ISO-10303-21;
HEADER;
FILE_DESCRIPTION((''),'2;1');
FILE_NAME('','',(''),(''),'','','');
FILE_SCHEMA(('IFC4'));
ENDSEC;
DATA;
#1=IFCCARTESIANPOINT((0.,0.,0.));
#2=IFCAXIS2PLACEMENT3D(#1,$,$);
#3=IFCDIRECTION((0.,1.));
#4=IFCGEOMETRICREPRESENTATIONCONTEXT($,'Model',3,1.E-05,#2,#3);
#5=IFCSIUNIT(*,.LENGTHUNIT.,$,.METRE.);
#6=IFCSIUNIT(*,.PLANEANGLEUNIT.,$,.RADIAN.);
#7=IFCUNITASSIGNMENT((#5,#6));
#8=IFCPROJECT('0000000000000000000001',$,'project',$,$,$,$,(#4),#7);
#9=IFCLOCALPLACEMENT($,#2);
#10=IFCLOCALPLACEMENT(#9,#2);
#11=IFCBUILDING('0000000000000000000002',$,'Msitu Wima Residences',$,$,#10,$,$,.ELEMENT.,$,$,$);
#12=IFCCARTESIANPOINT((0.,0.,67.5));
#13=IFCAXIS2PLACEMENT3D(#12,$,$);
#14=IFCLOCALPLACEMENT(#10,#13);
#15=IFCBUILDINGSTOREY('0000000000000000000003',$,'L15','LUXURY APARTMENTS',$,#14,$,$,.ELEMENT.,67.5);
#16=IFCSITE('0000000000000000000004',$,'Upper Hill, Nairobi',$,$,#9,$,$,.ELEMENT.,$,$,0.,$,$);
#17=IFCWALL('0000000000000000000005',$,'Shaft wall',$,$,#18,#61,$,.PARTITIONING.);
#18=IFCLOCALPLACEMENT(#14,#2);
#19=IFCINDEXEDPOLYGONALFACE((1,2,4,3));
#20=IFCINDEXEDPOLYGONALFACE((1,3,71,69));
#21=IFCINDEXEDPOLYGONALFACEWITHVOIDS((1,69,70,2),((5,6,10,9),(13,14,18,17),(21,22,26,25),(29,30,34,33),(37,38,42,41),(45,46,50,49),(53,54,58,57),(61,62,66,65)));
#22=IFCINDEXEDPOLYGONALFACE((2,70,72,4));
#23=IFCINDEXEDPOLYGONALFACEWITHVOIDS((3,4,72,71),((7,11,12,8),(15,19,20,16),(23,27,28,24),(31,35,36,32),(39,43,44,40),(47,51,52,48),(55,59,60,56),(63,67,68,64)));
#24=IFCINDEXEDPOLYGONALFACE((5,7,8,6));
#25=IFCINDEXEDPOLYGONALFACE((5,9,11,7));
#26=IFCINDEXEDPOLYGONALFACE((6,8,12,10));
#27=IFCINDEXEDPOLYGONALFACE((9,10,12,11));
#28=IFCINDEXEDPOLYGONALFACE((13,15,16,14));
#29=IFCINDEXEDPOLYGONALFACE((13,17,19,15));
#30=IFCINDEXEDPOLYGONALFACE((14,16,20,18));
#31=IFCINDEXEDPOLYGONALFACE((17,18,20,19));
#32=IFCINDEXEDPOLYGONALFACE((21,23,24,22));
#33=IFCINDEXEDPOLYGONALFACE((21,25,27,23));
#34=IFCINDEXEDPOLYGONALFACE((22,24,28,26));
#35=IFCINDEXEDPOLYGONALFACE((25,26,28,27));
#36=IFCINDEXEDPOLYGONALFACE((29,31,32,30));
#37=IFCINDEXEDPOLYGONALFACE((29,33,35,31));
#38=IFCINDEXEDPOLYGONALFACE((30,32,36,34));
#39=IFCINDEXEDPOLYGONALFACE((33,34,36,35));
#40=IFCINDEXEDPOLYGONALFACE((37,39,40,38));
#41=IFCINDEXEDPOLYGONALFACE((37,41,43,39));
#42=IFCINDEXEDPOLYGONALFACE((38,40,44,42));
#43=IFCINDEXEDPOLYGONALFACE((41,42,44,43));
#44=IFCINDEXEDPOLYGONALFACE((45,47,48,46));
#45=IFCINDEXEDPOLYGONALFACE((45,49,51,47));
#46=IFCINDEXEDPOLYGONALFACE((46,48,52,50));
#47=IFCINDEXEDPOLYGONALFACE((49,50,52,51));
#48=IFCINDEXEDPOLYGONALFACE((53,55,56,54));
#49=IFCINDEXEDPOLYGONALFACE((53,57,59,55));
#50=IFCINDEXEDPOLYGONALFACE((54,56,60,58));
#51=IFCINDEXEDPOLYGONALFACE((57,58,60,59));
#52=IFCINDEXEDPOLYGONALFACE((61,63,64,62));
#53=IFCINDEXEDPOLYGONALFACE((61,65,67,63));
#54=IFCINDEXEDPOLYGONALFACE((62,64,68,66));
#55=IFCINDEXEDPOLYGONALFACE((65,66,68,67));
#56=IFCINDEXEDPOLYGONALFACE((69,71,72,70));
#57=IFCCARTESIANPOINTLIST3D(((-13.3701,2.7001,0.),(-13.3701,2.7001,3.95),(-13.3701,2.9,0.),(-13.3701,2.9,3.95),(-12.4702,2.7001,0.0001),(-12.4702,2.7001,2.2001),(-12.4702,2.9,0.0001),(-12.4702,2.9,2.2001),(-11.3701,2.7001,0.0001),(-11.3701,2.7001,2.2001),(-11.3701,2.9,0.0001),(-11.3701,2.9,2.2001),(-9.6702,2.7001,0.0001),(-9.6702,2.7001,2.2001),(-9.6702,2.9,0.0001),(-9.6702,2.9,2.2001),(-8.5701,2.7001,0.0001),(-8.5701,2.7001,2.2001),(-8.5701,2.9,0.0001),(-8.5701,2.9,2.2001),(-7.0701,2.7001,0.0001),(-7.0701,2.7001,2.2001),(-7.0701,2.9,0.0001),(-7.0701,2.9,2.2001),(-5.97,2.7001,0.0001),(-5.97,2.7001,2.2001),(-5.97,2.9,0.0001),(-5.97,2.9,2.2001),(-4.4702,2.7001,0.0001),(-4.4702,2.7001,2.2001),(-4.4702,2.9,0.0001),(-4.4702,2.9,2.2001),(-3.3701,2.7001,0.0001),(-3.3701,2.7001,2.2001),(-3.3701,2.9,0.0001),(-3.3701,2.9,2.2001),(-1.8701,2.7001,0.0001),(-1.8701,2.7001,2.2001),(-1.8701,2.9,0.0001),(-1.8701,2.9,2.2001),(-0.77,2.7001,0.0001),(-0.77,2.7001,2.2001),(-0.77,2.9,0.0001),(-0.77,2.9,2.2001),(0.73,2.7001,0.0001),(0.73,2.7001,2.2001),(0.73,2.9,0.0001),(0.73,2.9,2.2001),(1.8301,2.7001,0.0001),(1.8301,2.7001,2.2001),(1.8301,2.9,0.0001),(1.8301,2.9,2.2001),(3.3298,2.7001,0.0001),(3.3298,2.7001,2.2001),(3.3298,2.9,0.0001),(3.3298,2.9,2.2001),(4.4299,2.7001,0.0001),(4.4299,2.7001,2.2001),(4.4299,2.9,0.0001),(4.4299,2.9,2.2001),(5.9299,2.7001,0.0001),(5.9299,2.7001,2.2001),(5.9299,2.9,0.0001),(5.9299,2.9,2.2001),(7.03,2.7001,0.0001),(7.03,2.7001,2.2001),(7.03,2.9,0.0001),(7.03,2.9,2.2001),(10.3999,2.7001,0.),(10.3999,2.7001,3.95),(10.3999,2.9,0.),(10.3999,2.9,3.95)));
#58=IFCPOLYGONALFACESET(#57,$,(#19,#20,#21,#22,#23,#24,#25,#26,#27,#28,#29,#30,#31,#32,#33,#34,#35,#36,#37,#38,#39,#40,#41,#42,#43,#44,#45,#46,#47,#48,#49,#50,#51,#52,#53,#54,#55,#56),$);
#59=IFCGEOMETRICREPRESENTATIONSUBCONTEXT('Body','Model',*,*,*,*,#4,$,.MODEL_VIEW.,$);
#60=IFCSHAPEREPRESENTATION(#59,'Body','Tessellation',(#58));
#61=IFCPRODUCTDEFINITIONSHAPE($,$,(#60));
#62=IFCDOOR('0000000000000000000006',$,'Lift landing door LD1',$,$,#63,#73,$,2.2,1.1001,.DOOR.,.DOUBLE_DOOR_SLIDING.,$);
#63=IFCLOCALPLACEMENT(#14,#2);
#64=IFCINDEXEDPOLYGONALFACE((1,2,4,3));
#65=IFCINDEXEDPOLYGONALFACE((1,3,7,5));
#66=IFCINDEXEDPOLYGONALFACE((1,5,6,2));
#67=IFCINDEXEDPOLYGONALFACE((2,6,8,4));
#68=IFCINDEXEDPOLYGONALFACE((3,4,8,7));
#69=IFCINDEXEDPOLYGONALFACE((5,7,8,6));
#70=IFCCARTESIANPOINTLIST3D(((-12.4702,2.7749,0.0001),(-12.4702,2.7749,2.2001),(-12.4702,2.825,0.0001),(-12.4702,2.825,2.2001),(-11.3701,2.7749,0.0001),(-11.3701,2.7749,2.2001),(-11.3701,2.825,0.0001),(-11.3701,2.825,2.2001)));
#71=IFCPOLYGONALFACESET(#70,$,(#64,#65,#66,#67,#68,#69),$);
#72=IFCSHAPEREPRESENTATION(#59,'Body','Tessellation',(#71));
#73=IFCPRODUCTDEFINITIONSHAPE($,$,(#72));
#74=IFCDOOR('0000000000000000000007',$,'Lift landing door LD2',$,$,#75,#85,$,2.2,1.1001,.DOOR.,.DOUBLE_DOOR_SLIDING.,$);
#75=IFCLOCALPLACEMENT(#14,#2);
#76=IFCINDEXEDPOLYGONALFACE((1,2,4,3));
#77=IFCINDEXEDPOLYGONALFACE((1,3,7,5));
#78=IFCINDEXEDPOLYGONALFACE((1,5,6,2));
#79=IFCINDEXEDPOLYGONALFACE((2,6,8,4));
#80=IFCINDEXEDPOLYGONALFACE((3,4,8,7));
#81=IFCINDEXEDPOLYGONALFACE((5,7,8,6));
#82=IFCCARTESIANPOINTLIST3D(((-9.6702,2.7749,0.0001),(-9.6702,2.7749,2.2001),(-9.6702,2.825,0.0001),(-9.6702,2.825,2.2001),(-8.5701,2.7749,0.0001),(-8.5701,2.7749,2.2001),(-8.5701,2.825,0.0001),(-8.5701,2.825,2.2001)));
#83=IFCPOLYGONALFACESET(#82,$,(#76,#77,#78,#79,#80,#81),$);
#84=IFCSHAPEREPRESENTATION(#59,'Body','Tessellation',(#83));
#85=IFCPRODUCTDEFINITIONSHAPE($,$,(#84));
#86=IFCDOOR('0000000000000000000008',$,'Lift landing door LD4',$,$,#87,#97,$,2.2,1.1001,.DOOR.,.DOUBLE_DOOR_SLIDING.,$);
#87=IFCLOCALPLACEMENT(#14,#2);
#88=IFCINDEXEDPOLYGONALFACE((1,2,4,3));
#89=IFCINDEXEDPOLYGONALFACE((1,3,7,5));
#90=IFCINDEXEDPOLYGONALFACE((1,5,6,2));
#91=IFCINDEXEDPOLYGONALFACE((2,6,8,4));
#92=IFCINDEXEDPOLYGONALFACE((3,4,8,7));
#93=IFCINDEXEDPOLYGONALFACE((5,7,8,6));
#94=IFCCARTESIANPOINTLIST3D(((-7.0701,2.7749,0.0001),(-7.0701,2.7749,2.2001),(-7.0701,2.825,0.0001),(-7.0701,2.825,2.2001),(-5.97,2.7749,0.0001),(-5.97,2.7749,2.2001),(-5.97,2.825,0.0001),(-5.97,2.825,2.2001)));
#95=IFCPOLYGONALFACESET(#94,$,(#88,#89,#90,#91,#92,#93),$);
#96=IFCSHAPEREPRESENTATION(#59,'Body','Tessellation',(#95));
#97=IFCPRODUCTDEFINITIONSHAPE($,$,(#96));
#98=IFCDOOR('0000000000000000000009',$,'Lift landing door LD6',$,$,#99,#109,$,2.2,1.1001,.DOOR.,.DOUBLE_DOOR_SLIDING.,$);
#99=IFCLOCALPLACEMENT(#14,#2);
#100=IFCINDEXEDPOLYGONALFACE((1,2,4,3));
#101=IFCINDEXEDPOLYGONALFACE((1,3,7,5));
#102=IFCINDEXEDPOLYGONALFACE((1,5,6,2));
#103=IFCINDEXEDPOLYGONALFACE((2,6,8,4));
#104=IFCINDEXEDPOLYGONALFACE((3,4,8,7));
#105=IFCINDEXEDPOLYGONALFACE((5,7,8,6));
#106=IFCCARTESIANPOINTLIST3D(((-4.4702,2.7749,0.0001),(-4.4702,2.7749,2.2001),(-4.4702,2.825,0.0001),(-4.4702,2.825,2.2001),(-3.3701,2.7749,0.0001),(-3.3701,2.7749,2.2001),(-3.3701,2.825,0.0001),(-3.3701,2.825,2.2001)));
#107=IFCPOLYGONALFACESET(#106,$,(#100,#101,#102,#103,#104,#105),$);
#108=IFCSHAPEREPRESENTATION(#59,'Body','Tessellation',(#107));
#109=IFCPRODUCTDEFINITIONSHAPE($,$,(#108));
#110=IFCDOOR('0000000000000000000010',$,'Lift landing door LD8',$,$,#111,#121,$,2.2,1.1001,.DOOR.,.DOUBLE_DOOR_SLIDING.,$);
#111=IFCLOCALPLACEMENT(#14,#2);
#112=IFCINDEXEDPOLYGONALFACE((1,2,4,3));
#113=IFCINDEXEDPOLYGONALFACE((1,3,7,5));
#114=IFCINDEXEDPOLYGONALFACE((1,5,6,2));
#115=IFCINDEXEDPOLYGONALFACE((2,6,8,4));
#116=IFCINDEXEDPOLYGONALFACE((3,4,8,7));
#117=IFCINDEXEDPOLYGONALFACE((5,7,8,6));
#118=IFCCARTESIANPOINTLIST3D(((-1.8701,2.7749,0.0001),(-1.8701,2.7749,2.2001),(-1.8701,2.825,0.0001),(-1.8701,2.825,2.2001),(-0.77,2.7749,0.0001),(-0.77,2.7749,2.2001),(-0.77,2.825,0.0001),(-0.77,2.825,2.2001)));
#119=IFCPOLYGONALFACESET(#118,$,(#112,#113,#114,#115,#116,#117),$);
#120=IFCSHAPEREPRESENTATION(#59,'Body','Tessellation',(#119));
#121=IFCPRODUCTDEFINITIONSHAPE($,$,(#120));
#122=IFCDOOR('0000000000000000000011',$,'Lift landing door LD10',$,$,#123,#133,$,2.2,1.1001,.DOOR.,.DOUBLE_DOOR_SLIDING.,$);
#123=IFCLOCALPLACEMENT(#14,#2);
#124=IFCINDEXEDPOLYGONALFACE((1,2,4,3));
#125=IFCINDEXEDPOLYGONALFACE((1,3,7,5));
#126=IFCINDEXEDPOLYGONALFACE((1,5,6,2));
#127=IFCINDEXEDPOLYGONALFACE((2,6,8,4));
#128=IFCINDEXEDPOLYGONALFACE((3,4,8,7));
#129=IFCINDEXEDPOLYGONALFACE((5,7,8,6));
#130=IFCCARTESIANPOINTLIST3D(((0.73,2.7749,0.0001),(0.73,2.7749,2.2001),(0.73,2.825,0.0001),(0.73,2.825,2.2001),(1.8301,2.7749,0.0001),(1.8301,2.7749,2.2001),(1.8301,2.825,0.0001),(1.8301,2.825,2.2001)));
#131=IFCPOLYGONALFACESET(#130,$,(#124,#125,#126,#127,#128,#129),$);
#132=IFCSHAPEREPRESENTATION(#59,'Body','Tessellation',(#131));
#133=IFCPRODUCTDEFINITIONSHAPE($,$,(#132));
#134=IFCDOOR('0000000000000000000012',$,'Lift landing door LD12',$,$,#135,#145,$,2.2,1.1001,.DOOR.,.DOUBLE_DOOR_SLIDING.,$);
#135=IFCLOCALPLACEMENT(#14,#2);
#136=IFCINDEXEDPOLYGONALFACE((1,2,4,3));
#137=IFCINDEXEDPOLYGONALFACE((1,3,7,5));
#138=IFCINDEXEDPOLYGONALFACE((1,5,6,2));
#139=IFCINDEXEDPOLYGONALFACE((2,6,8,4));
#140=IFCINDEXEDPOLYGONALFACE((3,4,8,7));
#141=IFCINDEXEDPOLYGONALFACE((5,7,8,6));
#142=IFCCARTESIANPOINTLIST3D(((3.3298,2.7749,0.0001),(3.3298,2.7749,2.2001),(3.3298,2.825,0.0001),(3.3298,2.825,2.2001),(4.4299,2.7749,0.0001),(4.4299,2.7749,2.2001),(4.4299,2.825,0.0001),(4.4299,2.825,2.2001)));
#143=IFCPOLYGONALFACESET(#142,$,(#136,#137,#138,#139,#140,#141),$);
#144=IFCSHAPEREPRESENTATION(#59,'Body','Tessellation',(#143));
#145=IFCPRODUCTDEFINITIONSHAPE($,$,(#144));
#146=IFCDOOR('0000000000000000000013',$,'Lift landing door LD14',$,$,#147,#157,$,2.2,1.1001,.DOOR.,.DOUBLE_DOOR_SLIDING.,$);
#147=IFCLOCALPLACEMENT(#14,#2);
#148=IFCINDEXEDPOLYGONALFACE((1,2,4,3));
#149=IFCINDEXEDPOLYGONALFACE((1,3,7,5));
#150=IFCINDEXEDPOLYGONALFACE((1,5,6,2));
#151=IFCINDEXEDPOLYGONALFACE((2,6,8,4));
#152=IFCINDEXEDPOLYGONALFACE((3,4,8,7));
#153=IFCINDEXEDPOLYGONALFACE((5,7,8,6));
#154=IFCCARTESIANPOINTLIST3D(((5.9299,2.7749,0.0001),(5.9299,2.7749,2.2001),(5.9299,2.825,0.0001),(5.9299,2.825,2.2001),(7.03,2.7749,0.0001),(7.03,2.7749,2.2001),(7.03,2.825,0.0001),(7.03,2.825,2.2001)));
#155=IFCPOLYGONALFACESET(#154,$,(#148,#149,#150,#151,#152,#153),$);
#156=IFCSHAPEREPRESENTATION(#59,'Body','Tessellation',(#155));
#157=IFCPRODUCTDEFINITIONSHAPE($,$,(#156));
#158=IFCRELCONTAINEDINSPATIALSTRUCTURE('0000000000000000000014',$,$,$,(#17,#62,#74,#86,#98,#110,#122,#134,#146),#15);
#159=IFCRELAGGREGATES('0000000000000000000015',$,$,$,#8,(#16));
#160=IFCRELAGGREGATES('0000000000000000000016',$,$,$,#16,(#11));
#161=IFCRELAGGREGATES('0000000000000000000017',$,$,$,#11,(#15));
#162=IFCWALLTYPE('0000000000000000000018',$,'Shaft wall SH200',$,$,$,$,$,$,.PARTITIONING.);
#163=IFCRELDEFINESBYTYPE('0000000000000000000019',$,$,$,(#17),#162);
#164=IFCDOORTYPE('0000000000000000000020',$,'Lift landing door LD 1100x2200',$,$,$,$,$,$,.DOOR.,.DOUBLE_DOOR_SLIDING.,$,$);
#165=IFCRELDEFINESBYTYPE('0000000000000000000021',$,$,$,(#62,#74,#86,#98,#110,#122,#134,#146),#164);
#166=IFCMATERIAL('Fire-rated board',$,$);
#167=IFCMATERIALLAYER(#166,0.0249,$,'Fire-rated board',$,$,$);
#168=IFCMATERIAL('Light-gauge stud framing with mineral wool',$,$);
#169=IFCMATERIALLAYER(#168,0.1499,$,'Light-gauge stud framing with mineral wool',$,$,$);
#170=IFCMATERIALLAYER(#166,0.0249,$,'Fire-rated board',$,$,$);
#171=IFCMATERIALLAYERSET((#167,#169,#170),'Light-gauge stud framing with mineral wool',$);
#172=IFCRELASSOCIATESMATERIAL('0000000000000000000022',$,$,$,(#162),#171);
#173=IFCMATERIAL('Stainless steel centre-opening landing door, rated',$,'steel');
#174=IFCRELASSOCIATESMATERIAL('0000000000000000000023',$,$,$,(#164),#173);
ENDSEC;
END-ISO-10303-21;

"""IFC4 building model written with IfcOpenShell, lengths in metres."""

from ifc_helpers import new_model, si_unit, direction, frame, frame_2d, origin, place, context, subcontext, project, spatial, rectangle, extrude, material, layer, layer_set, type_object, element, fill, save


model = new_model("IFC4")

# Units and contexts
model_context = context("Model", 3, precision=1e-05, world=origin(), true_north=direction((0.0, 1.0)))
body_context = subcontext(model_context, "Body", "Model", "MODEL_VIEW")
ifc_project = project(units=[si_unit("LENGTHUNIT", "METRE"), si_unit("PLANEANGLEUNIT", "RADIAN")], contexts=[model_context])

# Site, building, storey
site_placement = place(None, origin())
site = spatial("IfcSite", under=ifc_project, at=site_placement, Name="Upper Hill, Nairobi", CompositionType="ELEMENT", RefElevation=0.0)
building_placement = place(site_placement, origin())
building = spatial("IfcBuilding", under=site, at=building_placement, Name="Msitu Wima Residences", CompositionType="ELEMENT")
storey_placement = place(building_placement, frame((0.0, 0.0, 67.5)))
storey = spatial("IfcBuildingStorey", under=building, at=storey_placement, Name="L15", Description="LUXURY APARTMENTS", CompositionType="ELEMENT", Elevation=67.5)

# Wall, openings, doors
ifc_material_1 = material(Name="Fire-rated board")
ifc_layer_1 = layer(ifc_material_1, 0.0249, Name="Fire-rated board")
ifc_material_2 = material(Name="Light-gauge stud framing with mineral wool")
ifc_layer_2 = layer(ifc_material_2, 0.1499, Name="Light-gauge stud framing with mineral wool")
ifc_layer_3 = layer(ifc_material_1, 0.0249, Name="Fire-rated board")
ifc_layer_set_1 = layer_set([ifc_layer_1, ifc_layer_2, ifc_layer_3], Name="Light-gauge stud framing with mineral wool")
wall_type_1 = type_object("IfcWallType", Name="Shaft wall SH200", PredefinedType="PARTITIONING", material=ifc_layer_set_1)
wall_1_placement = place(storey_placement, frame((-13.3701, 2.8, 0.0), z_axis=(0.0, 0.0, 1.0), x_axis=(1.0, 0.0, 0.0)))
wall_1 = element("IfcWall", 1, at=wall_1_placement, inside=storey, type_object=wall_type_1, Name="Shaft wall", PredefinedType="PARTITIONING", context=body_context, shape_type="SweptSolid", body=[
    extrude(rectangle(XDim=23.77, YDim=0.2, at=frame_2d((11.885, 0.0))), origin(), (0.0, 0.0, 1.0), 3.95),
])
opening_1_placement = place(wall_1_placement, frame((0.8999, 0.0, 0.0)))
opening_1 = element("IfcOpeningElement", 2, at=opening_1_placement, cuts=wall_1, PredefinedType="OPENING", context=body_context, shape_type="SweptSolid", body=[
    extrude(rectangle(XDim=1.1001, YDim=2.2, at=frame_2d((0.55, 1.1001))), frame((0.0, 0.1099, 0.0), z_axis=(0.0, -1.0, 0.0), x_axis=(1.0, 0.0, 0.0)), (0.0, 0.0, 1.0), 0.22),
])
opening_2_placement = place(wall_1_placement, frame((3.7, 0.0, 0.0)))
opening_2 = element("IfcOpeningElement", 3, at=opening_2_placement, cuts=wall_1, PredefinedType="OPENING", context=body_context, shape_type="SweptSolid", body=[
    extrude(rectangle(XDim=1.1001, YDim=2.2, at=frame_2d((0.55, 1.1001))), frame((0.0, 0.1099, 0.0), z_axis=(0.0, -1.0, 0.0), x_axis=(1.0, 0.0, 0.0)), (0.0, 0.0, 1.0), 0.22),
])
opening_3_placement = place(wall_1_placement, frame((6.3, 0.0, 0.0)))
opening_3 = element("IfcOpeningElement", 4, at=opening_3_placement, cuts=wall_1, PredefinedType="OPENING", context=body_context, shape_type="SweptSolid", body=[
    extrude(rectangle(XDim=1.1001, YDim=2.2, at=frame_2d((0.55, 1.1001))), frame((0.0, 0.1099, 0.0), z_axis=(0.0, -1.0, 0.0), x_axis=(1.0, 0.0, 0.0)), (0.0, 0.0, 1.0), 0.22),
])
opening_4_placement = place(wall_1_placement, frame((8.8999, 0.0, 0.0)))
opening_4 = element("IfcOpeningElement", 5, at=opening_4_placement, cuts=wall_1, PredefinedType="OPENING", context=body_context, shape_type="SweptSolid", body=[
    extrude(rectangle(XDim=1.1001, YDim=2.2, at=frame_2d((0.55, 1.1001))), frame((0.0, 0.1099, 0.0), z_axis=(0.0, -1.0, 0.0), x_axis=(1.0, 0.0, 0.0)), (0.0, 0.0, 1.0), 0.22),
])
opening_5_placement = place(wall_1_placement, frame((11.5, 0.0, 0.0)))
opening_5 = element("IfcOpeningElement", 6, at=opening_5_placement, cuts=wall_1, PredefinedType="OPENING", context=body_context, shape_type="SweptSolid", body=[
    extrude(rectangle(XDim=1.1001, YDim=2.2, at=frame_2d((0.55, 1.1001))), frame((0.0, 0.1099, 0.0), z_axis=(0.0, -1.0, 0.0), x_axis=(1.0, 0.0, 0.0)), (0.0, 0.0, 1.0), 0.22),
])
opening_6_placement = place(wall_1_placement, frame((14.1001, 0.0, 0.0)))
opening_6 = element("IfcOpeningElement", 7, at=opening_6_placement, cuts=wall_1, PredefinedType="OPENING", context=body_context, shape_type="SweptSolid", body=[
    extrude(rectangle(XDim=1.1001, YDim=2.2, at=frame_2d((0.55, 1.1001))), frame((0.0, 0.1099, 0.0), z_axis=(0.0, -1.0, 0.0), x_axis=(1.0, 0.0, 0.0)), (0.0, 0.0, 1.0), 0.22),
])
opening_7_placement = place(wall_1_placement, frame((16.7, 0.0, 0.0)))
opening_7 = element("IfcOpeningElement", 8, at=opening_7_placement, cuts=wall_1, PredefinedType="OPENING", context=body_context, shape_type="SweptSolid", body=[
    extrude(rectangle(XDim=1.1001, YDim=2.2, at=frame_2d((0.55, 1.1001))), frame((0.0, 0.1099, 0.0), z_axis=(0.0, -1.0, 0.0), x_axis=(1.0, 0.0, 0.0)), (0.0, 0.0, 1.0), 0.22),
])
opening_8_placement = place(wall_1_placement, frame((19.3, 0.0, 0.0)))
opening_8 = element("IfcOpeningElement", 9, at=opening_8_placement, cuts=wall_1, PredefinedType="OPENING", context=body_context, shape_type="SweptSolid", body=[
    extrude(rectangle(XDim=1.1001, YDim=2.2, at=frame_2d((0.55, 1.1001))), frame((0.0, 0.1099, 0.0), z_axis=(0.0, -1.0, 0.0), x_axis=(1.0, 0.0, 0.0)), (0.0, 0.0, 1.0), 0.22),
])
ifc_material_3 = material(Name="Stainless steel centre-opening landing door, rated", Category="steel")
door_type_1 = type_object("IfcDoorType", Name="Lift landing door LD 1100x2200", OperationType="DOUBLE_DOOR_SLIDING", PredefinedType="DOOR", material=ifc_material_3)
door_1_placement = place(opening_1_placement, origin())
door_1 = element("IfcDoor", 10, at=door_1_placement, inside=storey, type_object=door_type_1, Name="Lift landing door LD1", OperationType="DOUBLE_DOOR_SLIDING", OverallHeight=2.2, OverallWidth=1.1001, PredefinedType="DOOR", context=body_context, shape_type="SweptSolid", body=[
    extrude(rectangle(XDim=1.1001, YDim=2.2, at=frame_2d((0.55, 1.1001))), frame((0.0, 0.0249, 0.0), z_axis=(0.0, -1.0, 0.0), x_axis=(1.0, 0.0, 0.0)), (0.0, 0.0, 1.0), 0.05),
])
fill(opening_1, door_1)
door_2_placement = place(opening_2_placement, origin())
door_2 = element("IfcDoor", 11, at=door_2_placement, inside=storey, type_object=door_type_1, Name="Lift landing door LD2", OperationType="DOUBLE_DOOR_SLIDING", OverallHeight=2.2, OverallWidth=1.1001, PredefinedType="DOOR", context=body_context, shape_type="SweptSolid", body=[
    extrude(rectangle(XDim=1.1001, YDim=2.2, at=frame_2d((0.55, 1.1001))), frame((0.0, 0.0249, 0.0), z_axis=(0.0, -1.0, 0.0), x_axis=(1.0, 0.0, 0.0)), (0.0, 0.0, 1.0), 0.05),
])
fill(opening_2, door_2)
door_3_placement = place(opening_3_placement, origin())
door_3 = element("IfcDoor", 12, at=door_3_placement, inside=storey, type_object=door_type_1, Name="Lift landing door LD4", OperationType="DOUBLE_DOOR_SLIDING", OverallHeight=2.2, OverallWidth=1.1001, PredefinedType="DOOR", context=body_context, shape_type="SweptSolid", body=[
    extrude(rectangle(XDim=1.1001, YDim=2.2, at=frame_2d((0.55, 1.1001))), frame((0.0, 0.0249, 0.0), z_axis=(0.0, -1.0, 0.0), x_axis=(1.0, 0.0, 0.0)), (0.0, 0.0, 1.0), 0.05),
])
fill(opening_3, door_3)
door_4_placement = place(opening_4_placement, origin())
door_4 = element("IfcDoor", 13, at=door_4_placement, inside=storey, type_object=door_type_1, Name="Lift landing door LD6", OperationType="DOUBLE_DOOR_SLIDING", OverallHeight=2.2, OverallWidth=1.1001, PredefinedType="DOOR", context=body_context, shape_type="SweptSolid", body=[
    extrude(rectangle(XDim=1.1001, YDim=2.2, at=frame_2d((0.55, 1.1001))), frame((0.0, 0.0249, 0.0), z_axis=(0.0, -1.0, 0.0), x_axis=(1.0, 0.0, 0.0)), (0.0, 0.0, 1.0), 0.05),
])
fill(opening_4, door_4)
door_5_placement = place(opening_5_placement, origin())
door_5 = element("IfcDoor", 14, at=door_5_placement, inside=storey, type_object=door_type_1, Name="Lift landing door LD8", OperationType="DOUBLE_DOOR_SLIDING", OverallHeight=2.2, OverallWidth=1.1001, PredefinedType="DOOR", context=body_context, shape_type="SweptSolid", body=[
    extrude(rectangle(XDim=1.1001, YDim=2.2, at=frame_2d((0.55, 1.1001))), frame((0.0, 0.0249, 0.0), z_axis=(0.0, -1.0, 0.0), x_axis=(1.0, 0.0, 0.0)), (0.0, 0.0, 1.0), 0.05),
])
fill(opening_5, door_5)
door_6_placement = place(opening_6_placement, origin())
door_6 = element("IfcDoor", 15, at=door_6_placement, inside=storey, type_object=door_type_1, Name="Lift landing door LD10", OperationType="DOUBLE_DOOR_SLIDING", OverallHeight=2.2, OverallWidth=1.1001, PredefinedType="DOOR", context=body_context, shape_type="SweptSolid", body=[
    extrude(rectangle(XDim=1.1001, YDim=2.2, at=frame_2d((0.55, 1.1001))), frame((0.0, 0.0249, 0.0), z_axis=(0.0, -1.0, 0.0), x_axis=(1.0, 0.0, 0.0)), (0.0, 0.0, 1.0), 0.05),
])
fill(opening_6, door_6)
door_7_placement = place(opening_7_placement, origin())
door_7 = element("IfcDoor", 16, at=door_7_placement, inside=storey, type_object=door_type_1, Name="Lift landing door LD12", OperationType="DOUBLE_DOOR_SLIDING", OverallHeight=2.2, OverallWidth=1.1001, PredefinedType="DOOR", context=body_context, shape_type="SweptSolid", body=[
    extrude(rectangle(XDim=1.1001, YDim=2.2, at=frame_2d((0.55, 1.1001))), frame((0.0, 0.0249, 0.0), z_axis=(0.0, -1.0, 0.0), x_axis=(1.0, 0.0, 0.0)), (0.0, 0.0, 1.0), 0.05),
])
fill(opening_7, door_7)
door_8_placement = place(opening_8_placement, origin())
door_8 = element("IfcDoor", 17, at=door_8_placement, inside=storey, type_object=door_type_1, Name="Lift landing door LD14", OperationType="DOUBLE_DOOR_SLIDING", OverallHeight=2.2, OverallWidth=1.1001, PredefinedType="DOOR", context=body_context, shape_type="SweptSolid", body=[
    extrude(rectangle(XDim=1.1001, YDim=2.2, at=frame_2d((0.55, 1.1001))), frame((0.0, 0.0249, 0.0), z_axis=(0.0, -1.0, 0.0), x_axis=(1.0, 0.0, 0.0)), (0.0, 0.0, 1.0), 0.05),
])
fill(opening_8, door_8)

save(model, "model.ifc")
